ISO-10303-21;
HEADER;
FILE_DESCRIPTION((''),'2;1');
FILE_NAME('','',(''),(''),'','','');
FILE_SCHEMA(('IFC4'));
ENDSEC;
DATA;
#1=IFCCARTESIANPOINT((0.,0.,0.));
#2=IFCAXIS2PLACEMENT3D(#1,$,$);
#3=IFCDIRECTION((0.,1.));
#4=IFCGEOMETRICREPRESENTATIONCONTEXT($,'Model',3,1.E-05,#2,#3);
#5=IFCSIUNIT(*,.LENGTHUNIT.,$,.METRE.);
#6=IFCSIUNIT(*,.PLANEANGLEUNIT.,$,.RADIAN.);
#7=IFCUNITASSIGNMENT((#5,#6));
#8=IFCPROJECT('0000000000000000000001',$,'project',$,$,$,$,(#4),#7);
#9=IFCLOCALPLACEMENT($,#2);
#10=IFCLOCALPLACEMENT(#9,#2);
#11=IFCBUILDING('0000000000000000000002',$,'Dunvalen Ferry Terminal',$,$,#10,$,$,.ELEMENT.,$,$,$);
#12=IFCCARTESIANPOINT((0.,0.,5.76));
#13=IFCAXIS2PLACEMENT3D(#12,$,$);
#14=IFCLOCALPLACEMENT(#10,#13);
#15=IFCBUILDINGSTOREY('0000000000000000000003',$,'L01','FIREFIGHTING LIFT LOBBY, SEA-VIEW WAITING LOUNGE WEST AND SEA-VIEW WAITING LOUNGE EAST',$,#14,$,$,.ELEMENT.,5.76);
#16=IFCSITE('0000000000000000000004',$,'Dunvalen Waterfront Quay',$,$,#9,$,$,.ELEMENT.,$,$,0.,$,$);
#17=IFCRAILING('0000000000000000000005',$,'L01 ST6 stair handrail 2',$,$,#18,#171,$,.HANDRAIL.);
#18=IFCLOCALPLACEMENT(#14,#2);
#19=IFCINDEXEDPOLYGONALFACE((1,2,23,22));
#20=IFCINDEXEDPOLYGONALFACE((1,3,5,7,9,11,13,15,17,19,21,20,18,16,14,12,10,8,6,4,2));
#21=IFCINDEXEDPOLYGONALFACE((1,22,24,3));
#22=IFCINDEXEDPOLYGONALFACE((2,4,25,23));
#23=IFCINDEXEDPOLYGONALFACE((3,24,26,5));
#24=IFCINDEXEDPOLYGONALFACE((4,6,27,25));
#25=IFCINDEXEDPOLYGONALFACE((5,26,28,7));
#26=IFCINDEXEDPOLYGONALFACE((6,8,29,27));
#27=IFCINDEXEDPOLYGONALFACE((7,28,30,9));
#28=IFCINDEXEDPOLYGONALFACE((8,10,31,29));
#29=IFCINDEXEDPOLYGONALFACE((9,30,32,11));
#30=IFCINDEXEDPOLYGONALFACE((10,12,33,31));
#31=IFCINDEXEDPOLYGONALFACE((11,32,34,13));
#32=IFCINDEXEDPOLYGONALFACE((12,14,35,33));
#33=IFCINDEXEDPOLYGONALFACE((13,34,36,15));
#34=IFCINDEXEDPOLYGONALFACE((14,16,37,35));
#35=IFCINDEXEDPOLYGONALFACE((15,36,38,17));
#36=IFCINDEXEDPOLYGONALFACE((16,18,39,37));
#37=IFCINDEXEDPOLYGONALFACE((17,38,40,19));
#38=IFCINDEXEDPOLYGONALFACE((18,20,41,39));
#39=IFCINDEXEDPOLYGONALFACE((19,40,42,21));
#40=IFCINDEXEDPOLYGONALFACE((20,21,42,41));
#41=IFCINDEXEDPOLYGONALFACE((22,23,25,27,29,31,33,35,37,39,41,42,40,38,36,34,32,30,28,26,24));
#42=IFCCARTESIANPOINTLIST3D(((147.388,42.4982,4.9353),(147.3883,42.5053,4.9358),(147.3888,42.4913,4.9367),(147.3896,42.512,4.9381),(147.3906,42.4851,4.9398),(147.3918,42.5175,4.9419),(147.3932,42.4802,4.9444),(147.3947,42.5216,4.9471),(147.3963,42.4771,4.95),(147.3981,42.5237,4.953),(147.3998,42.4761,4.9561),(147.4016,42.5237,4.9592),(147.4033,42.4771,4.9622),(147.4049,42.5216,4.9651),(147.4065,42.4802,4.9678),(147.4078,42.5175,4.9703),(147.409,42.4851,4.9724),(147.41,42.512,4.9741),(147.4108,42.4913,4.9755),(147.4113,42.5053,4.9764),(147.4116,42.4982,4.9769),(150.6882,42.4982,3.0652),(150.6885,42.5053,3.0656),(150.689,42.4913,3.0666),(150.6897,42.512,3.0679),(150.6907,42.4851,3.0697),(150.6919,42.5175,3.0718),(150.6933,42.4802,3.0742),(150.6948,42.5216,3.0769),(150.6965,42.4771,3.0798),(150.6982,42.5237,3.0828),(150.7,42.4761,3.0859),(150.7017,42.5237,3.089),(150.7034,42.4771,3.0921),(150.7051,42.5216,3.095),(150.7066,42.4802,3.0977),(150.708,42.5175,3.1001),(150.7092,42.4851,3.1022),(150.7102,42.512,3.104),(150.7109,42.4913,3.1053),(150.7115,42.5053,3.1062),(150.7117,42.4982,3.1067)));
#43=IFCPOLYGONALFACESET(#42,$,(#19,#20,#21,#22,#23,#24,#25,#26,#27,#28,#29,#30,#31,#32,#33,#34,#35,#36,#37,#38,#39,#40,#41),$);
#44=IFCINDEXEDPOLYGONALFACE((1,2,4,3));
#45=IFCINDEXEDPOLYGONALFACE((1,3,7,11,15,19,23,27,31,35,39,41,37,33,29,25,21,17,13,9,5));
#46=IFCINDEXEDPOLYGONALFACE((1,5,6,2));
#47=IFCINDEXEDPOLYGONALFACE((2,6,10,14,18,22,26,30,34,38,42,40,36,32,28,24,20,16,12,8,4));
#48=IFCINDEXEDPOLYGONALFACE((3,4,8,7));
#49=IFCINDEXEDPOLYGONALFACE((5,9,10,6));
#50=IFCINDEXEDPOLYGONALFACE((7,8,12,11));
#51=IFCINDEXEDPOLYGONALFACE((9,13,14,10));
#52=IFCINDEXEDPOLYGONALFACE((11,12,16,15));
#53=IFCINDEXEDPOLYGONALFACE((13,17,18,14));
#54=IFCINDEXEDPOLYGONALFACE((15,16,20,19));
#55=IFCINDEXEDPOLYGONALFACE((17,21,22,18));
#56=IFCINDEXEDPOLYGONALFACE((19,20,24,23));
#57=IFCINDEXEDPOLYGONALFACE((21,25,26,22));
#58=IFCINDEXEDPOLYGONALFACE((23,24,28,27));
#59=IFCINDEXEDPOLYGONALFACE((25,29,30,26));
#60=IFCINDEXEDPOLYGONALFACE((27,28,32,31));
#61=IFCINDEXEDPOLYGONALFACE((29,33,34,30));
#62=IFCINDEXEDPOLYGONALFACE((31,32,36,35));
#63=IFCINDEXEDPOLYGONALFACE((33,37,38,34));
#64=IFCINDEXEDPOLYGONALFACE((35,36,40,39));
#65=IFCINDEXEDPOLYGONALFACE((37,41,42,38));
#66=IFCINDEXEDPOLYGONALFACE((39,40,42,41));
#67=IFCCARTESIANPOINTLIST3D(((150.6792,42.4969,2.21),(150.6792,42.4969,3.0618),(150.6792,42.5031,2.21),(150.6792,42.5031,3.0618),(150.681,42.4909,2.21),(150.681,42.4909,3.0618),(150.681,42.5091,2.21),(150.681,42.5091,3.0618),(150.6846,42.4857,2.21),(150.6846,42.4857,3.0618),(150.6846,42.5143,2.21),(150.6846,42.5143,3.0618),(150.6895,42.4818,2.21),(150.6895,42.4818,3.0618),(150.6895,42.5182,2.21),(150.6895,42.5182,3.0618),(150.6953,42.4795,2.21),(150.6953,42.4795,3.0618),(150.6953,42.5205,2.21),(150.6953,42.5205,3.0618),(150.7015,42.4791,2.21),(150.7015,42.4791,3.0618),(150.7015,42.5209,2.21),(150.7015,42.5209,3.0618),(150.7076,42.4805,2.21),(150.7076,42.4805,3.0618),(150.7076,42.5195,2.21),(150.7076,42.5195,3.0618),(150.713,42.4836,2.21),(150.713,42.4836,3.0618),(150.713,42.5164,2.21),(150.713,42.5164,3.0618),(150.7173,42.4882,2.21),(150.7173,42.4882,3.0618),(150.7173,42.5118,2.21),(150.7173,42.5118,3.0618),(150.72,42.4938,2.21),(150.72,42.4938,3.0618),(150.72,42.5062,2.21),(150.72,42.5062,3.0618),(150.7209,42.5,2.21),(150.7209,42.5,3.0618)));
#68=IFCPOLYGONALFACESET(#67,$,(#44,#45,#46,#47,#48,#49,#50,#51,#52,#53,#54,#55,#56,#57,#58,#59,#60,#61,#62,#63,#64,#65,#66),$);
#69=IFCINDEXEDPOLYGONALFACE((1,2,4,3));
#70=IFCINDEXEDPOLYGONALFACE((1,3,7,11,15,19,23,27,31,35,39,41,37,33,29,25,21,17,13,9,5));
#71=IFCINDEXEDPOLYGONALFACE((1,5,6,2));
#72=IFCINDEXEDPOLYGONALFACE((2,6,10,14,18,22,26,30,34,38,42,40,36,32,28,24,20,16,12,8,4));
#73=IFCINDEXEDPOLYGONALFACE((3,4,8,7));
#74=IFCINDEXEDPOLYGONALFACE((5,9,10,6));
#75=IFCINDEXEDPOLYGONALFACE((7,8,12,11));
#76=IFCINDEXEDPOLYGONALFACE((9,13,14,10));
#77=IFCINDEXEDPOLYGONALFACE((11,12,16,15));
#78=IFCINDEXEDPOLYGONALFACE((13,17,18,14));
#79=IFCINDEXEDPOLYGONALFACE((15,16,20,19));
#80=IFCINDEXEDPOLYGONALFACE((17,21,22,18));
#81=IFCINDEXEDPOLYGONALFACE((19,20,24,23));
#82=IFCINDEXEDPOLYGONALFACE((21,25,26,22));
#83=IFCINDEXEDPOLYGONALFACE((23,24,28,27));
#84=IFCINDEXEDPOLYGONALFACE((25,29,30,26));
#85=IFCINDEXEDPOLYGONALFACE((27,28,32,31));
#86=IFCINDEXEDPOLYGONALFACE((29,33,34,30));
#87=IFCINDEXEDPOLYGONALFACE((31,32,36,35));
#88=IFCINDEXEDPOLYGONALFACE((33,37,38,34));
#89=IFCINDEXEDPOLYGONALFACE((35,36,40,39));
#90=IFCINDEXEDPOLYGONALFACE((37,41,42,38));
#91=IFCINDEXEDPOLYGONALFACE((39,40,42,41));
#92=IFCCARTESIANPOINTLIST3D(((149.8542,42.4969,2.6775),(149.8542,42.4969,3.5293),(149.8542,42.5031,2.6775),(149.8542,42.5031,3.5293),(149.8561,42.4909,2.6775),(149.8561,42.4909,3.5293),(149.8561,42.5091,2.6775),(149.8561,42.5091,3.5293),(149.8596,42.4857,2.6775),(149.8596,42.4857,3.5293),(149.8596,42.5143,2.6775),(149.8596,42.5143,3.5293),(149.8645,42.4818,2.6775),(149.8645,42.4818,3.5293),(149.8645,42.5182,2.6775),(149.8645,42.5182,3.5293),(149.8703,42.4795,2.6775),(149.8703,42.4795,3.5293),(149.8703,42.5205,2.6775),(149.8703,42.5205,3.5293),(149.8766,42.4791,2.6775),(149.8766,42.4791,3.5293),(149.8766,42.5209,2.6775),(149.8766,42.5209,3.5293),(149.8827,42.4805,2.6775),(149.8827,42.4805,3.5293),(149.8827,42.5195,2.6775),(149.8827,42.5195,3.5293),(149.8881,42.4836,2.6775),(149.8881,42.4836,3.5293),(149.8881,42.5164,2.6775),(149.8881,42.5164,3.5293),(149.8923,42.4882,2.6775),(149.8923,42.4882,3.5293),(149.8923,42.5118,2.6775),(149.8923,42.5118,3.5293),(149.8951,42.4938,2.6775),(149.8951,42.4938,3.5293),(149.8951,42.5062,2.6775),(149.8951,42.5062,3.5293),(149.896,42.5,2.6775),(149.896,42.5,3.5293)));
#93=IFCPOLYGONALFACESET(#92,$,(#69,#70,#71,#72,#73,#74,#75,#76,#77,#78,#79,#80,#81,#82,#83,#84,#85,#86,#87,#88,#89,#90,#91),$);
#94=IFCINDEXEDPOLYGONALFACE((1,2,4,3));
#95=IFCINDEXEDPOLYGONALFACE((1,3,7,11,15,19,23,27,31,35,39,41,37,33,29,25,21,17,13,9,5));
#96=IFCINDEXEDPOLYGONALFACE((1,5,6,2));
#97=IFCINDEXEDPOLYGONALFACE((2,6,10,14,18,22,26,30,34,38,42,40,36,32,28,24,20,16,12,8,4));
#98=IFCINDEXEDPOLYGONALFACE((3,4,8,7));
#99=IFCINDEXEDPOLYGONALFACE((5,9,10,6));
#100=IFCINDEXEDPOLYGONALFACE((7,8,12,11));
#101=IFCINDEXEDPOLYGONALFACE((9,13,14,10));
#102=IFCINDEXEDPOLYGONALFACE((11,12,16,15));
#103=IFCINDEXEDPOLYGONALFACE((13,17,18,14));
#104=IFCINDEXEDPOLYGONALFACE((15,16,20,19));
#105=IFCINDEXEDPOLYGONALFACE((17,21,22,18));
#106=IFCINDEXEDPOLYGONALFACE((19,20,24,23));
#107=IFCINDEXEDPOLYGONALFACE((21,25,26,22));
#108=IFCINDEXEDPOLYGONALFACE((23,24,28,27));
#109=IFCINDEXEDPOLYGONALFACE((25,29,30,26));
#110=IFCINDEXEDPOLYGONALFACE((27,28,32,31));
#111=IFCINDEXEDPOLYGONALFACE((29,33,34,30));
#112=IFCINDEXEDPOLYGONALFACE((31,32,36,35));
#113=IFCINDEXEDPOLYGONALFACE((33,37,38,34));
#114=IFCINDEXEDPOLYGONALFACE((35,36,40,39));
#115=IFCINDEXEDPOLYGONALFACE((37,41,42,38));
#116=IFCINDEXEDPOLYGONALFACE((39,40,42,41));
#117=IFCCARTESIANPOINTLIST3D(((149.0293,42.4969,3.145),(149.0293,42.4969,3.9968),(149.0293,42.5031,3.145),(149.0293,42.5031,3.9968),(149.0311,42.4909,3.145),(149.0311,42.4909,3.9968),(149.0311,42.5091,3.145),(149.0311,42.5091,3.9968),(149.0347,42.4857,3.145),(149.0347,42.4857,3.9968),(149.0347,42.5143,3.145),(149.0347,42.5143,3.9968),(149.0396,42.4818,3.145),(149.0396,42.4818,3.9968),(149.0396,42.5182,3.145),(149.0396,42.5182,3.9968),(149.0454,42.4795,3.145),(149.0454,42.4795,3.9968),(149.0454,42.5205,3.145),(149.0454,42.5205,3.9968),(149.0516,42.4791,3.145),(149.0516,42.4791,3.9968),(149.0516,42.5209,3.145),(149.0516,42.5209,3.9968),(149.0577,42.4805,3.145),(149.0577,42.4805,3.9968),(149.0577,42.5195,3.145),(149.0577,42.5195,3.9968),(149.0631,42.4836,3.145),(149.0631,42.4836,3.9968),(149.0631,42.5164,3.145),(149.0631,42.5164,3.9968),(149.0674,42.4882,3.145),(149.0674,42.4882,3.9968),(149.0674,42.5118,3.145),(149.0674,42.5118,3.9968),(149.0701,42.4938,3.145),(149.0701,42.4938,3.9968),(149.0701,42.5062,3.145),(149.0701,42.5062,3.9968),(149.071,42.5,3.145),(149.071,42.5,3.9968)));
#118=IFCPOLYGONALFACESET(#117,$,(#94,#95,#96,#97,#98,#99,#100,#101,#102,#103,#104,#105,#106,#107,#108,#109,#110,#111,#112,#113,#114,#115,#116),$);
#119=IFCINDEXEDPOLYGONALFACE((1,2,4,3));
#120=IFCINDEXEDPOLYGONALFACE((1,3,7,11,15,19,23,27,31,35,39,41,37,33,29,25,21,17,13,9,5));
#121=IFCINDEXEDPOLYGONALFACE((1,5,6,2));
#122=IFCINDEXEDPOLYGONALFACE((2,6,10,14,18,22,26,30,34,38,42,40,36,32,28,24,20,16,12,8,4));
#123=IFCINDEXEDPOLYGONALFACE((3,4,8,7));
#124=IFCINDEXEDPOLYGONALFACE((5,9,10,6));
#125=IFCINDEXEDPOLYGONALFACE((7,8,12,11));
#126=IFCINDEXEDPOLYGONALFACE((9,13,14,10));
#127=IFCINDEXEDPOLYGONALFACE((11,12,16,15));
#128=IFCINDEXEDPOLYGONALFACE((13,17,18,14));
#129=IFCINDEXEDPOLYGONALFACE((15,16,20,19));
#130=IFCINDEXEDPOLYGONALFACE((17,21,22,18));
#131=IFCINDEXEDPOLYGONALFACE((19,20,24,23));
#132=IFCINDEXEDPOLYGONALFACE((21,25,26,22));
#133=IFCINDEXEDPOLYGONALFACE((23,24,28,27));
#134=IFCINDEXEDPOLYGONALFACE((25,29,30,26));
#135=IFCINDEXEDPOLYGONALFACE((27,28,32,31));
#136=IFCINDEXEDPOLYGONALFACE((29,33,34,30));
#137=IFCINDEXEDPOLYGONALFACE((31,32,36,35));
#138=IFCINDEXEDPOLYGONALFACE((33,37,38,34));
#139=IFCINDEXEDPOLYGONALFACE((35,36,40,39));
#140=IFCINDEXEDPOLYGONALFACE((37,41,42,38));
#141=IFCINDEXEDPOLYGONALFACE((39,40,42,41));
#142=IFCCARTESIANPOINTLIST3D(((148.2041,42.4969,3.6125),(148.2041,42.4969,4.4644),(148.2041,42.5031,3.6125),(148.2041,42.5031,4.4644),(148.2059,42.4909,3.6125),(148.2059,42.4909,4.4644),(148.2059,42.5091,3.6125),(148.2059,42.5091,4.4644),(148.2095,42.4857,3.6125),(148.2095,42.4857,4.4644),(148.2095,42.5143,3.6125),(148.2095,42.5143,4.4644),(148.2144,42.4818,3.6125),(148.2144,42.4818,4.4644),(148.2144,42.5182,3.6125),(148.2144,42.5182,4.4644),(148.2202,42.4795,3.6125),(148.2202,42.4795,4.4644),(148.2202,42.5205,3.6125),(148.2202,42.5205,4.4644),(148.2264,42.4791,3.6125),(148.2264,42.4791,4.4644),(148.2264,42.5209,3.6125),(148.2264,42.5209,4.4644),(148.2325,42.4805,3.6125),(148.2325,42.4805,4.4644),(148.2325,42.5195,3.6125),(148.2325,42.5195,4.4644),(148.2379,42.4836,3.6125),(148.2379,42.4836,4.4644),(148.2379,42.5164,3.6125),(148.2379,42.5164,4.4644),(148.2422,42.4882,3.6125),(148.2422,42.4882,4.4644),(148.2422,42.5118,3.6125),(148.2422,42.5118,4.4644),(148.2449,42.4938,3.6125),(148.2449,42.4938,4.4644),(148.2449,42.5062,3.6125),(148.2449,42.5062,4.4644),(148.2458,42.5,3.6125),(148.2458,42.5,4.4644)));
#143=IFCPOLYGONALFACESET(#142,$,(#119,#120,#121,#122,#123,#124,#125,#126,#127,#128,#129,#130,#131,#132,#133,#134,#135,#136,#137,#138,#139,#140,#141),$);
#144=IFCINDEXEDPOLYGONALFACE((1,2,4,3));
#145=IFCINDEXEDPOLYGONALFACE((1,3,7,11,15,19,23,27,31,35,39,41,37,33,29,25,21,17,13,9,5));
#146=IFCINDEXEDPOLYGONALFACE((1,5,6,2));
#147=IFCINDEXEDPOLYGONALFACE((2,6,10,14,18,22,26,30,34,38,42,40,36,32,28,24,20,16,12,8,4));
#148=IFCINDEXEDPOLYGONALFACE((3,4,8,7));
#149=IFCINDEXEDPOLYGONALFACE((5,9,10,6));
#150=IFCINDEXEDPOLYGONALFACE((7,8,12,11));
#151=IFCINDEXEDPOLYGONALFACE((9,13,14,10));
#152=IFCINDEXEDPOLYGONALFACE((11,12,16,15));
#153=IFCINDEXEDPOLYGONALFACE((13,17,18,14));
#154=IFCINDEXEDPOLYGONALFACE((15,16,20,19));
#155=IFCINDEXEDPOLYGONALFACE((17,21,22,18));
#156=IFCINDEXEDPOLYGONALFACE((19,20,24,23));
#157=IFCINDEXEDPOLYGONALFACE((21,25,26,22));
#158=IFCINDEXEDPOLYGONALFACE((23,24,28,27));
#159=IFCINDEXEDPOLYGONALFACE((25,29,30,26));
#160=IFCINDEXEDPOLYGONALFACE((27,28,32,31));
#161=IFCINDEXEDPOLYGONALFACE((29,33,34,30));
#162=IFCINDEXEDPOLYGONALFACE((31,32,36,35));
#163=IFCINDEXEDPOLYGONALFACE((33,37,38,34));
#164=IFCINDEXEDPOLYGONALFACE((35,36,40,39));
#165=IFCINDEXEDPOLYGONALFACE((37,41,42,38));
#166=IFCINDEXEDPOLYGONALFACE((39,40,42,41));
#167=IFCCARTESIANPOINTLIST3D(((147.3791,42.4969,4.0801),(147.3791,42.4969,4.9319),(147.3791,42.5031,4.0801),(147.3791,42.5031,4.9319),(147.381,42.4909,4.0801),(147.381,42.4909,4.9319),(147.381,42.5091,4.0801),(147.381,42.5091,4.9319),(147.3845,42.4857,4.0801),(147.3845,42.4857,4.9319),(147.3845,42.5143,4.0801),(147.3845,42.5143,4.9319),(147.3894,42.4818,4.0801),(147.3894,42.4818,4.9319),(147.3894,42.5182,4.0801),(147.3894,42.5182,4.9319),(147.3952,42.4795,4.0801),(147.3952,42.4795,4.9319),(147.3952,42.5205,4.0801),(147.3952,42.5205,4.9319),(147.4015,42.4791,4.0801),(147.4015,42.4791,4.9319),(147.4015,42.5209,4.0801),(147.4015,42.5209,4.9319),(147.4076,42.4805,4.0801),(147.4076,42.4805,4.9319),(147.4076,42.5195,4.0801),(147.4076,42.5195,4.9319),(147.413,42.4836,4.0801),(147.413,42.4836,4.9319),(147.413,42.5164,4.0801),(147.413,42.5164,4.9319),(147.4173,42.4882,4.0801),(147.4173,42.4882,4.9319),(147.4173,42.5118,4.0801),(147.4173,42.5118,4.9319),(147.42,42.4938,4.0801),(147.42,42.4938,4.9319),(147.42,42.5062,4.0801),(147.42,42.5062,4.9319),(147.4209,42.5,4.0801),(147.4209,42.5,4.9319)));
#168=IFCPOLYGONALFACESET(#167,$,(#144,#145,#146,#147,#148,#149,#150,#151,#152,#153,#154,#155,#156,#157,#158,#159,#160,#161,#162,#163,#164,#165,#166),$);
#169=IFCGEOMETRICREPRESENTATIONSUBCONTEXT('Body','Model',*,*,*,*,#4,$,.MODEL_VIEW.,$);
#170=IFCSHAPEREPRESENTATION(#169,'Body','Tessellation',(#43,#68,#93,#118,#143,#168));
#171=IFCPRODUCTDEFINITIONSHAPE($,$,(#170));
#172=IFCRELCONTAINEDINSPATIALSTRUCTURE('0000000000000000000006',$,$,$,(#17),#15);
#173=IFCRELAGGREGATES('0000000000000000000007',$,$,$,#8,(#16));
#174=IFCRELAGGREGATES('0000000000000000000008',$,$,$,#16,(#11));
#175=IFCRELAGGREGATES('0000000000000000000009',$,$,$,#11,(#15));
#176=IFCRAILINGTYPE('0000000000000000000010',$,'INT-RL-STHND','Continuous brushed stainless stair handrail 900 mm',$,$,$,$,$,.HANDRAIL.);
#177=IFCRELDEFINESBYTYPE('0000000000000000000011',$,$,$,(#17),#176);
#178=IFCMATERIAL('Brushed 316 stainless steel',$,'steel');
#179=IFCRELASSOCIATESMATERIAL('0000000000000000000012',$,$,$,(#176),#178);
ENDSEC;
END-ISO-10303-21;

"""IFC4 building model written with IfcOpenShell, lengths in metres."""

from ifc_helpers import new_model, si_unit, direction, frame, origin, origin_2d, place, context, subcontext, project, spatial, circle, extrude, material, type_object, element, save


model = new_model("IFC4")

# Units and contexts
model_context = context("Model", 3, precision=1e-05, world=origin(), true_north=direction((0.0, 1.0)))
body_context = subcontext(model_context, "Body", "Model", "MODEL_VIEW")
ifc_project = project(units=[si_unit("LENGTHUNIT", "METRE"), si_unit("PLANEANGLEUNIT", "RADIAN")], contexts=[model_context])

# Site, building, storey
site_placement = place(None, origin())
site = spatial("IfcSite", under=ifc_project, at=site_placement, Name="Dunvalen Waterfront Quay", CompositionType="ELEMENT", RefElevation=0.0)
building_placement = place(site_placement, origin())
building = spatial("IfcBuilding", under=site, at=building_placement, Name="Dunvalen Ferry Terminal", CompositionType="ELEMENT")
storey_placement = place(building_placement, frame((0.0, 0.0, 5.76)))
storey = spatial("IfcBuildingStorey", under=building, at=storey_placement, Name="L01", Description="FIREFIGHTING LIFT LOBBY, SEA-VIEW WAITING LOUNGE WEST AND SEA-VIEW WAITING LOUNGE EAST", CompositionType="ELEMENT", Elevation=5.76)

# Railing
ifc_material_1 = material(Name="Brushed 316 stainless steel", Category="steel")
railing_type_1 = type_object("IfcRailingType", Name="INT-RL-STHND", Description="Continuous brushed stainless stair handrail 900 mm", PredefinedType="HANDRAIL", material=ifc_material_1)
railing_1_placement = place(storey_placement, frame((150.7, 42.5, 2.21)))
element("IfcRailing", 1, at=railing_1_placement, inside=storey, type_object=railing_type_1, Name="L01 ST6 stair handrail 2", PredefinedType="HANDRAIL", context=body_context, shape_type="SweptSolid", body=[
    extrude(circle(Radius=0.0239, at=origin_2d()), frame((0.0, 0.0, 0.876), z_axis=(-0.870012, 0.0, 0.49303), x_axis=(0.0, -1.0, 0.0)), (0.0, 0.0, 1.0), 3.7932),
    extrude(circle(Radius=0.021, at=origin_2d()), origin(), (0.0, 0.0, 1.0), 0.8518),
    extrude(circle(Radius=0.021, at=origin_2d()), frame((-0.825, 0.0, 0.4675)), (0.0, 0.0, 1.0), 0.8518),
    extrude(circle(Radius=0.021, at=origin_2d()), frame((-1.6499, 0.0, 0.9351)), (0.0, 0.0, 1.0), 0.8518),
    extrude(circle(Radius=0.021, at=origin_2d()), frame((-2.4751, 0.0, 1.4026)), (0.0, 0.0, 1.0), 0.8518),
    extrude(circle(Radius=0.021, at=origin_2d()), frame((-3.3, 0.0, 1.8701)), (0.0, 0.0, 1.0), 0.8518),
])

save(model, "model.ifc")
